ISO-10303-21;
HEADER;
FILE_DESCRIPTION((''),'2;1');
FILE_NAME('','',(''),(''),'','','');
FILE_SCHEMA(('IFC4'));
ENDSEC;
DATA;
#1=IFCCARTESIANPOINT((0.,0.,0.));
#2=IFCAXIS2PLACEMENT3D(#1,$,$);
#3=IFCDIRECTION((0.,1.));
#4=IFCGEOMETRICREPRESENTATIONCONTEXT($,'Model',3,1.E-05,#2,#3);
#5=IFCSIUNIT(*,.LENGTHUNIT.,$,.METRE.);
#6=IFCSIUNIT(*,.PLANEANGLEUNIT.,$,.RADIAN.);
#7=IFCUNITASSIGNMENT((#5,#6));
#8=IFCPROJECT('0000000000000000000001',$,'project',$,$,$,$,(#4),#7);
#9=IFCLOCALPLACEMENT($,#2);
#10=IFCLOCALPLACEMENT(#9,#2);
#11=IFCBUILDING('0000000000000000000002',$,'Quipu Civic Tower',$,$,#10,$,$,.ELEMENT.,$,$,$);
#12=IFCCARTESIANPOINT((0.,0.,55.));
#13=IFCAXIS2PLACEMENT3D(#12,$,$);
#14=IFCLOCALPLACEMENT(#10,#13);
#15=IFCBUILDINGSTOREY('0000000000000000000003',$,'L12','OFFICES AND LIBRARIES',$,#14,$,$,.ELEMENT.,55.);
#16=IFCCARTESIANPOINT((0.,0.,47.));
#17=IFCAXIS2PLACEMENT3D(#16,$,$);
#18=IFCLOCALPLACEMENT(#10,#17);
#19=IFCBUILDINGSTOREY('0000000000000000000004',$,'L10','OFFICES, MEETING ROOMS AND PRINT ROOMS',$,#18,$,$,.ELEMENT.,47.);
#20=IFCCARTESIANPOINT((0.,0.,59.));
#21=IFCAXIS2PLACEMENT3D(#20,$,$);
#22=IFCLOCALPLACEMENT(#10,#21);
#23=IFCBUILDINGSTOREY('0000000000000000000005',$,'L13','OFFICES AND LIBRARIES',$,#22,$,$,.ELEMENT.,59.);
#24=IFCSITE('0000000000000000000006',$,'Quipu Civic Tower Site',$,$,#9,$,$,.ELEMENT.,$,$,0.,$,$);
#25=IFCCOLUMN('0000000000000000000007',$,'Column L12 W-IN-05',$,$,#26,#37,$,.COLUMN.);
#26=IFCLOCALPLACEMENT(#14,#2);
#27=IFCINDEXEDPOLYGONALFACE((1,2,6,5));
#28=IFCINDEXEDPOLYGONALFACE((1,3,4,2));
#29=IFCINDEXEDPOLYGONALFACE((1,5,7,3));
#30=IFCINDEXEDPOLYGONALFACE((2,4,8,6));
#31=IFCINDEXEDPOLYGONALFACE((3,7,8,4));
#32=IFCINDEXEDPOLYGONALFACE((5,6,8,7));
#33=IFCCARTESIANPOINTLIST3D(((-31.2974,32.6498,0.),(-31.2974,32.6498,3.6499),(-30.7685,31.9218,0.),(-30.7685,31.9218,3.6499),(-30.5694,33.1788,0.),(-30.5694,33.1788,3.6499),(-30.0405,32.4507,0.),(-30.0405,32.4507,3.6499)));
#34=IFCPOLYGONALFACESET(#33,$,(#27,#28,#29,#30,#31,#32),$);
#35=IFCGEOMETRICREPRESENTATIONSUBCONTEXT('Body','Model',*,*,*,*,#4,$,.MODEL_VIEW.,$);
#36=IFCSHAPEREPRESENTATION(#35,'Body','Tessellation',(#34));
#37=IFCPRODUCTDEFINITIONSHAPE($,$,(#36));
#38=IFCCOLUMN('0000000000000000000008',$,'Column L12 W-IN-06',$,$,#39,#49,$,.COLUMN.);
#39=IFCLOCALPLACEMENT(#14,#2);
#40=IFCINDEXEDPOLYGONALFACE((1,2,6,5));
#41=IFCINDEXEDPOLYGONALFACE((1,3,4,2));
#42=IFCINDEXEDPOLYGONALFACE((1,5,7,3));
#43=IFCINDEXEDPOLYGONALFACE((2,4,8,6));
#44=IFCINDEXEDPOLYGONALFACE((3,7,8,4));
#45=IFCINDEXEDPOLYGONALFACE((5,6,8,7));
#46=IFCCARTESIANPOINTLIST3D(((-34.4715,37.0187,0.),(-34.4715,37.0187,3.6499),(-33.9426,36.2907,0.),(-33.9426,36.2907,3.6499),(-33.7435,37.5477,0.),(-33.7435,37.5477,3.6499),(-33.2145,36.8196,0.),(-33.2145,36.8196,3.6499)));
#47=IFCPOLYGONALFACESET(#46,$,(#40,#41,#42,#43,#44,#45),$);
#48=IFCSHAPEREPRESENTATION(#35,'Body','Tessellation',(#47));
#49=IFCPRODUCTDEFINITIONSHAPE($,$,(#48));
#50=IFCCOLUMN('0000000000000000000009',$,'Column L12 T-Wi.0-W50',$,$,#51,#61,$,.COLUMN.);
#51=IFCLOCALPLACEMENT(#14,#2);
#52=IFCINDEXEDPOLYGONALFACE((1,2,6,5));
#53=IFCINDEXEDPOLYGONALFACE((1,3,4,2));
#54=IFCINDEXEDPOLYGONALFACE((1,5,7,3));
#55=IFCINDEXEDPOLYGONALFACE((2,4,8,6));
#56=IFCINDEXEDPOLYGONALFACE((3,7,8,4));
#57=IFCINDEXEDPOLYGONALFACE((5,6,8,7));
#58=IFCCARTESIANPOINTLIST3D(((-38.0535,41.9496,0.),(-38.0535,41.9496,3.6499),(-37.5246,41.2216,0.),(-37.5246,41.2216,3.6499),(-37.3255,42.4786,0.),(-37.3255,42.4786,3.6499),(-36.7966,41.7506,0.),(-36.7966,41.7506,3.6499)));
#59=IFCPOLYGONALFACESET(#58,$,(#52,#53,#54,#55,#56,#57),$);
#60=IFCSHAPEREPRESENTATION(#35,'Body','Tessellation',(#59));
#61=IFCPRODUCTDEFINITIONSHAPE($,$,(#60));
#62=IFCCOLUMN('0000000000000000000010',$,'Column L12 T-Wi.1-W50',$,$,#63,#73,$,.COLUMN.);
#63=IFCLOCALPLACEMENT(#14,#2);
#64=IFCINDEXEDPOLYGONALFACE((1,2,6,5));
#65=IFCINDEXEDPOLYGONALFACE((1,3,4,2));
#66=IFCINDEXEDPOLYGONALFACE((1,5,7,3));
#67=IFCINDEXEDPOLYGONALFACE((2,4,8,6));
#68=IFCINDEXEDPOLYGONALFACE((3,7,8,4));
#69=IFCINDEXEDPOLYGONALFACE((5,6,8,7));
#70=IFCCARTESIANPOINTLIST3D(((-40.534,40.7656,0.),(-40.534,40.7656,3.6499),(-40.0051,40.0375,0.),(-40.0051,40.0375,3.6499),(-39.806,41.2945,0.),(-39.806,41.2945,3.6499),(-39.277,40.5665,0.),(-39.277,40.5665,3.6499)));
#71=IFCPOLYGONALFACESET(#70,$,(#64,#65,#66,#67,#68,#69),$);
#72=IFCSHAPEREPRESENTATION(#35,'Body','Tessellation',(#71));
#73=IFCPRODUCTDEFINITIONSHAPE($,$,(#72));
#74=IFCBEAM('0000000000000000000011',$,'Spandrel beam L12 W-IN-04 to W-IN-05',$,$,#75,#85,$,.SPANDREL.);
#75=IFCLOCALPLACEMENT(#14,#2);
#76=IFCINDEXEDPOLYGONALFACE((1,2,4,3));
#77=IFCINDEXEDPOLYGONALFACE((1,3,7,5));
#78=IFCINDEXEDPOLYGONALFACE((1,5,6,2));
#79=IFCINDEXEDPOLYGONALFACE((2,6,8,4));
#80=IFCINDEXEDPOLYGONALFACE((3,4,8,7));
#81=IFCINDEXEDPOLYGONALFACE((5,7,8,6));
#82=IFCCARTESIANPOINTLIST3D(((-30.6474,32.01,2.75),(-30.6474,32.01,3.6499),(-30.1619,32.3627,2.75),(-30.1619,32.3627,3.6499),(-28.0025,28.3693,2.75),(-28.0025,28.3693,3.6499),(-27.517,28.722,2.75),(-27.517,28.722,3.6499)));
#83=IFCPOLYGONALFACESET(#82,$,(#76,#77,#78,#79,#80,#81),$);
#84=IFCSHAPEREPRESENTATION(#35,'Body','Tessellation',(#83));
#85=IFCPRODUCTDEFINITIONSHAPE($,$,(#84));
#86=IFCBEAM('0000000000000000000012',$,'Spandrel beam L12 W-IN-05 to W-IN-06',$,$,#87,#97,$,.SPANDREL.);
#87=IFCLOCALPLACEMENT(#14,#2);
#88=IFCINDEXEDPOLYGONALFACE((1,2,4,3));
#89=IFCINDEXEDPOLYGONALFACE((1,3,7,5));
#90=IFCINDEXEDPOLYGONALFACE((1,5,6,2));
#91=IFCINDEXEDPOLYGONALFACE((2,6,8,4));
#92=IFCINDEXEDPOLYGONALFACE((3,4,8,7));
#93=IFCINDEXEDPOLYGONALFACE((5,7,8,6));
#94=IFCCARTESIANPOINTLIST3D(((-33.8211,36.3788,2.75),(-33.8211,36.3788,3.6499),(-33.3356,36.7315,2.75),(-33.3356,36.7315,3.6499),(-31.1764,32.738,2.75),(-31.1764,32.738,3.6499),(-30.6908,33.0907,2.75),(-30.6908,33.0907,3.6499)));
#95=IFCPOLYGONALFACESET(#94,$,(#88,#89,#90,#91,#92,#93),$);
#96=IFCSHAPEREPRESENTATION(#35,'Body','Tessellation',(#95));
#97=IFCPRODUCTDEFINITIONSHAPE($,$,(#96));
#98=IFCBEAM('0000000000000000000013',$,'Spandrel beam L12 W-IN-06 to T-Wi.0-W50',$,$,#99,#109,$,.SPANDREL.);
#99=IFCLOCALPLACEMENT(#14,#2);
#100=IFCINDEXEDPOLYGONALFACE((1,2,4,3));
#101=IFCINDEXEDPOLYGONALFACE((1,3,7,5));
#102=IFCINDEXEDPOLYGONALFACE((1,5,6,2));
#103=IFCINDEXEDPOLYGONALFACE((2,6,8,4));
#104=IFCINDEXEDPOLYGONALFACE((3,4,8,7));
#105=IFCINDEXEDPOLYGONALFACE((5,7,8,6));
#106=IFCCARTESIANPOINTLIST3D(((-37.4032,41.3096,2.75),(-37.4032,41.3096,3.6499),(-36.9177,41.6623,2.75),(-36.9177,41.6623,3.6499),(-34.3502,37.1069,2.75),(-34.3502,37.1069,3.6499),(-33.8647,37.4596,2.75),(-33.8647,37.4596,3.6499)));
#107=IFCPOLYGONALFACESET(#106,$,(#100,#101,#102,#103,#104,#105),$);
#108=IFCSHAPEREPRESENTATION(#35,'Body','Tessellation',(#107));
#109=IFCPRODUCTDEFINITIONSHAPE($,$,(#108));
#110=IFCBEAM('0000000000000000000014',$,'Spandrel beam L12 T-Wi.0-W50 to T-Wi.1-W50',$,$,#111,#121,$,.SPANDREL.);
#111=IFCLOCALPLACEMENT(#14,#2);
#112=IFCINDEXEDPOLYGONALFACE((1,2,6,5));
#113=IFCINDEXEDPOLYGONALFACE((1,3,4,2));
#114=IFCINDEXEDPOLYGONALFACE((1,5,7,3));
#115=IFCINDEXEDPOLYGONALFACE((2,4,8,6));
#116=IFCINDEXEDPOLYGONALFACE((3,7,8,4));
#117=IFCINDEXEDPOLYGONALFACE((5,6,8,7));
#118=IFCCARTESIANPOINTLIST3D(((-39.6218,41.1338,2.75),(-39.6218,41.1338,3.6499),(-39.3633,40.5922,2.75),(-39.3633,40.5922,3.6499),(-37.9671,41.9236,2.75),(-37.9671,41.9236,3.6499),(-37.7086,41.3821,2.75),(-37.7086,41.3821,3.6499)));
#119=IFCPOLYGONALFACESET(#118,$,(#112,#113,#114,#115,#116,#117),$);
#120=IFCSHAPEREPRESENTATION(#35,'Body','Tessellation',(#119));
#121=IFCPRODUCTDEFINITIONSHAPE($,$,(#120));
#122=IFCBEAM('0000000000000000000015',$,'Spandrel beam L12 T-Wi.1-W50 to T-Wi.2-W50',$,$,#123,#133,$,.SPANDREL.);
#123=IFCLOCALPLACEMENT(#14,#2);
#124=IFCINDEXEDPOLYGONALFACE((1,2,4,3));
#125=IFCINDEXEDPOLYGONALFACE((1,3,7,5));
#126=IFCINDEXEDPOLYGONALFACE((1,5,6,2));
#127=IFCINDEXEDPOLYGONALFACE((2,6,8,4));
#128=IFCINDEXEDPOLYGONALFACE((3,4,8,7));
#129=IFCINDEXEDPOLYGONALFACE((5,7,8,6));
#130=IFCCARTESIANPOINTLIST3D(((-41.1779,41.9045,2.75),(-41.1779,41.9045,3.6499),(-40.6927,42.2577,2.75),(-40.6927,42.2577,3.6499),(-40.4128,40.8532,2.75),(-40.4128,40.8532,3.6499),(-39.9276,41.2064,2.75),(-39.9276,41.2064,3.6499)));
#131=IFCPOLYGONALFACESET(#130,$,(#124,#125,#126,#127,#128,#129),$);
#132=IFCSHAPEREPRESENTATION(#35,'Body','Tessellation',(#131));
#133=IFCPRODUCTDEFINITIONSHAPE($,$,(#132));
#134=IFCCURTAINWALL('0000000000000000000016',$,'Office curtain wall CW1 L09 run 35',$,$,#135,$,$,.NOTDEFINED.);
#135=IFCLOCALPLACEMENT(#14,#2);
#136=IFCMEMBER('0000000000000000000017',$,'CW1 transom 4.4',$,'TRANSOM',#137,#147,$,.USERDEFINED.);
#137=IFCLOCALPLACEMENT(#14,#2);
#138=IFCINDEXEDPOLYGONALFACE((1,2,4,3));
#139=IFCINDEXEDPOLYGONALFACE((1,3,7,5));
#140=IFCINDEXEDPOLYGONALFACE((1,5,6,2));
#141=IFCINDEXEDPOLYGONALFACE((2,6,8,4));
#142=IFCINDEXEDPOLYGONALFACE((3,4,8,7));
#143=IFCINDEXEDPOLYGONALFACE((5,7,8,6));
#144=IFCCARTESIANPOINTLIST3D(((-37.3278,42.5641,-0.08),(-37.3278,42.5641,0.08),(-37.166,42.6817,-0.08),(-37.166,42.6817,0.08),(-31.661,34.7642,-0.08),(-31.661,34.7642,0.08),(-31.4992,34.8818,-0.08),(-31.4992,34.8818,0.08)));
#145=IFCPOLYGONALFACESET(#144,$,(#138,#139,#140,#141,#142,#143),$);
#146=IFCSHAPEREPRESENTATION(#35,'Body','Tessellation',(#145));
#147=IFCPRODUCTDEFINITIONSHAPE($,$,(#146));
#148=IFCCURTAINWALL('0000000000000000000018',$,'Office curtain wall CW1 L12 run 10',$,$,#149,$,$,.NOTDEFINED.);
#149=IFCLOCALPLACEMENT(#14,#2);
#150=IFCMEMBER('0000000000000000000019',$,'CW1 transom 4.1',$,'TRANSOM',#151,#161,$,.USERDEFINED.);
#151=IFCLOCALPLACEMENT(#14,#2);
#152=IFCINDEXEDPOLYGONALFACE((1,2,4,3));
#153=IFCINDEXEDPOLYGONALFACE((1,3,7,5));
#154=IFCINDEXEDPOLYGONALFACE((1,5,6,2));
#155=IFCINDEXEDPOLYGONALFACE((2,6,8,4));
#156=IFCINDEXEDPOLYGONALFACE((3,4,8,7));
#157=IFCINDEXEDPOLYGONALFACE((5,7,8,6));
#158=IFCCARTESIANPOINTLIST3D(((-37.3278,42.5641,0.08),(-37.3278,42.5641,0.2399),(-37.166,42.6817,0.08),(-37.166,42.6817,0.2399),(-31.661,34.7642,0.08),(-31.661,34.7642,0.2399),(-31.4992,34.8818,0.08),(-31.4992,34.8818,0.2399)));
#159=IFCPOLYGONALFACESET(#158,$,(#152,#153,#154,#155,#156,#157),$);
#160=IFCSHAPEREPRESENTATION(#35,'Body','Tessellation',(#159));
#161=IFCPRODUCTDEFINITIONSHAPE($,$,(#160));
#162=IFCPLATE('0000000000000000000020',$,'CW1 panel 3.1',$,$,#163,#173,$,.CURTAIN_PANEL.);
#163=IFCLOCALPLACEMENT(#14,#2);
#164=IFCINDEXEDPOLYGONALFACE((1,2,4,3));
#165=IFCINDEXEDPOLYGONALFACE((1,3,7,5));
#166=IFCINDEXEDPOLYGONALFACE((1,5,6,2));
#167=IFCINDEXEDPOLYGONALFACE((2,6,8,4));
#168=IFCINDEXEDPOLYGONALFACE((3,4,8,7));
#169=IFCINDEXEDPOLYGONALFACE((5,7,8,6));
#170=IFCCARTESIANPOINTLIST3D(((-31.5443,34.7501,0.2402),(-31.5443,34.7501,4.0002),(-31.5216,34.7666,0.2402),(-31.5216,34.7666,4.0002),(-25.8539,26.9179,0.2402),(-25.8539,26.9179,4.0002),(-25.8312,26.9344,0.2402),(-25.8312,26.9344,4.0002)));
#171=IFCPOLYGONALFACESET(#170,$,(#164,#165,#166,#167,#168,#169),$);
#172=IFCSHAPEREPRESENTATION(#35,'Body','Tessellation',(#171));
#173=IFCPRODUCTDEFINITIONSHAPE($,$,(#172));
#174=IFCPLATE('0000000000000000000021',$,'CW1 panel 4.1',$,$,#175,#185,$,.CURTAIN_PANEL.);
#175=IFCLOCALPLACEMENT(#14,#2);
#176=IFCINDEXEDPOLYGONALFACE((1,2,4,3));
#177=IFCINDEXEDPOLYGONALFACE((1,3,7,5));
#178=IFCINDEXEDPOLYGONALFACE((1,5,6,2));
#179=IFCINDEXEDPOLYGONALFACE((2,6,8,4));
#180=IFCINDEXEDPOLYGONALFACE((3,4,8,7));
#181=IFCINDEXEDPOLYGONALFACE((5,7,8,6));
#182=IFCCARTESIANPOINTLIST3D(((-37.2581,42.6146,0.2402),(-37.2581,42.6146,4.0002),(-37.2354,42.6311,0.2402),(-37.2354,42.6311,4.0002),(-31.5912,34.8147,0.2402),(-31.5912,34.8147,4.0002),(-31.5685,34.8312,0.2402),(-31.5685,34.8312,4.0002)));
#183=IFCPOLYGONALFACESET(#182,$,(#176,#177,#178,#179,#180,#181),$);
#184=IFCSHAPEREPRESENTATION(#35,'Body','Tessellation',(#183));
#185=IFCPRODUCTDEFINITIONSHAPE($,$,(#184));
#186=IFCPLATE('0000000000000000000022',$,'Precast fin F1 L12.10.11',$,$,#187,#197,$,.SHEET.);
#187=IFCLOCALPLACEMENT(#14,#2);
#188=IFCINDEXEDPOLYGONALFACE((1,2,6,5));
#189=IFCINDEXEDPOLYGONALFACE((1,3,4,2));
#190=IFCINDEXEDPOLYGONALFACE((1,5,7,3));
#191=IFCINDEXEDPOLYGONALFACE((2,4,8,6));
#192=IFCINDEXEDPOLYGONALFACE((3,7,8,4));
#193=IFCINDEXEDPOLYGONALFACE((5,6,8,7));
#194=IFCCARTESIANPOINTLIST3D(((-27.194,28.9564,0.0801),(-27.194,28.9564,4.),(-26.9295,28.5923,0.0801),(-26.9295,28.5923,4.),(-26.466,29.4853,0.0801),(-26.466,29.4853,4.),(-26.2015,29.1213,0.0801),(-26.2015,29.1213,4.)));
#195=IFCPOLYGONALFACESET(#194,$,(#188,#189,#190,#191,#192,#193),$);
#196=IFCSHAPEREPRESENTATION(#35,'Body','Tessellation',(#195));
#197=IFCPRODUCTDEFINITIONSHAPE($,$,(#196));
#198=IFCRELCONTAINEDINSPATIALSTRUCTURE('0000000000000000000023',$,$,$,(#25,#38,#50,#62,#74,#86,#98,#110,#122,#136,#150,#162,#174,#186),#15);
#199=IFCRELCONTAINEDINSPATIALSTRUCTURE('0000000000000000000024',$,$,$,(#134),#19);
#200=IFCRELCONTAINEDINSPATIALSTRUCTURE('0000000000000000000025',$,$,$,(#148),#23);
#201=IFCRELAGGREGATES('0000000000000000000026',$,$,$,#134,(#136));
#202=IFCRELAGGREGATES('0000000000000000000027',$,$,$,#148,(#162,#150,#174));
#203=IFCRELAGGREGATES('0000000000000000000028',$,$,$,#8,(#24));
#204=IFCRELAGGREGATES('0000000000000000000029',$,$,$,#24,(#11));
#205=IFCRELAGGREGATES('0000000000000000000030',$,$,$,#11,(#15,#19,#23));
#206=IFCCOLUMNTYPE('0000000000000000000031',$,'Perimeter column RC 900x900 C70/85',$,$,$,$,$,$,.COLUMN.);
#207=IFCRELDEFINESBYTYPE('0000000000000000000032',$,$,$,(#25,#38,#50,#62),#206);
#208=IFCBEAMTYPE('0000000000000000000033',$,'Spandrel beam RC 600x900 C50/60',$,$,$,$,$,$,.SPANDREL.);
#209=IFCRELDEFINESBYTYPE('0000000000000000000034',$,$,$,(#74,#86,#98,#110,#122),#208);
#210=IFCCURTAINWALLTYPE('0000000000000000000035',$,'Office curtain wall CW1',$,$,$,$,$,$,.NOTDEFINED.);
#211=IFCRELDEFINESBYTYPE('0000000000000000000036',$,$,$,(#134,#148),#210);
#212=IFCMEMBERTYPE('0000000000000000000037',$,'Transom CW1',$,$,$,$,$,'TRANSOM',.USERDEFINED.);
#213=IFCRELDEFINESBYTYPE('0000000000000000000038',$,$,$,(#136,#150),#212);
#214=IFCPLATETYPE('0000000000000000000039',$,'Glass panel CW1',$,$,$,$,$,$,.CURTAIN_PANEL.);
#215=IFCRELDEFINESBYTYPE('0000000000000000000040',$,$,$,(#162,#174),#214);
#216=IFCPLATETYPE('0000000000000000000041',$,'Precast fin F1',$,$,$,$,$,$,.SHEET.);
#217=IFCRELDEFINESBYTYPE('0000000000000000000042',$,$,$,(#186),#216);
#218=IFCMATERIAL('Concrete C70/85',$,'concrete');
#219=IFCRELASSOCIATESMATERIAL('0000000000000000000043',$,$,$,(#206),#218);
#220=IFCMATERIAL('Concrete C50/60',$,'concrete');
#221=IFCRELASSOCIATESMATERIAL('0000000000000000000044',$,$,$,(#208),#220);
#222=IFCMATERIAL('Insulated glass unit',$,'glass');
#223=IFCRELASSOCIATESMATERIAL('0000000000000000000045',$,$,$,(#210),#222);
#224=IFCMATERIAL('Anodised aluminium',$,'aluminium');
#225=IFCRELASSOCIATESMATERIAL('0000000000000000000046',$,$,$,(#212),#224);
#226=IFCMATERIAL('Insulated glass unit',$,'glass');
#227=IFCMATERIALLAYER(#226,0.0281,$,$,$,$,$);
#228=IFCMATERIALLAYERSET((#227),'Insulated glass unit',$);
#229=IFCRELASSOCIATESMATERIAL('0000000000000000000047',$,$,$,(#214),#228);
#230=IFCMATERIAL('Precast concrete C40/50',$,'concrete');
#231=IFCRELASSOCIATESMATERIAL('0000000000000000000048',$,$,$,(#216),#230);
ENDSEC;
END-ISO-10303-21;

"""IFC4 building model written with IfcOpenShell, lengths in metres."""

from ifc_helpers import new_model, si_unit, direction, frame, origin, origin_2d, place, context, subcontext, project, spatial, rectangle, extrude, material, layer, layer_set, material_profile, profile_set, type_object, element, aggregate, save


model = new_model("IFC4")

# Units and contexts
model_context = context("Model", 3, precision=1e-05, world=origin(), true_north=direction((0.0, 1.0)))
body_context = subcontext(model_context, "Body", "Model", "MODEL_VIEW")
ifc_project = project(units=[si_unit("LENGTHUNIT", "METRE"), si_unit("PLANEANGLEUNIT", "RADIAN")], contexts=[model_context])

# Site, building, storey
site_placement = place(None, origin())
site = spatial("IfcSite", under=ifc_project, at=site_placement, Name="Quipu Civic Tower Site", CompositionType="ELEMENT", RefElevation=0.0)
building_placement = place(site_placement, origin())
building = spatial("IfcBuilding", under=site, at=building_placement, Name="Quipu Civic Tower", CompositionType="ELEMENT")
storey_1_placement = place(building_placement, frame((0.0, 0.0, 55.0)))
storey_1 = spatial("IfcBuildingStorey", under=building, at=storey_1_placement, Name="L12", Description="OFFICES AND LIBRARIES", CompositionType="ELEMENT", Elevation=55.0)

# Columns
ifc_material_1 = material(Name="Concrete C70/85", Category="concrete")
ifc_material_profile_1 = material_profile(ifc_material_1, rectangle(XDim=0.8999, YDim=0.8999, at=origin_2d()), Name="RC900x900")
ifc_profile_set_1 = profile_set([ifc_material_profile_1], Name="Concrete C70/85")
column_type = type_object("IfcColumnType", Name="Perimeter column RC 900x900 C70/85", PredefinedType="COLUMN", material=ifc_profile_set_1)
for number, where, z_axis, x_axis, name in (
    (1, (-30.6689, 32.5503, 0.0), (0.0, 0.0, 1.0), (-0.587785, 0.809017, 0.0), "Column L12 W-IN-05"),
    (2, (-33.843, 36.9192, 0.0), (0.0, 0.0, 1.0), (-0.587785, 0.809017, 0.0), "Column L12 W-IN-06"),
    (3, (-37.425, 41.8501, 0.0), (0.0, 0.0, 1.0), (-0.587785, 0.809017, 0.0), "Column L12 T-Wi.0-W50"),
    (4, (-39.9055, 40.666, 0.0), (0.0, 0.0, 1.0), (-0.587785, 0.809017, 0.0), "Column L12 T-Wi.1-W50"),
):
    element("IfcColumn", number, at=place(storey_1_placement, frame(where, z_axis=z_axis, x_axis=x_axis)), inside=storey_1, type_object=column_type, Name=name, PredefinedType="COLUMN", context=body_context, shape_type="SweptSolid", body=[
        extrude(rectangle(XDim=0.8999, YDim=0.8999, at=origin_2d()), origin(), (0.0, 0.0, 1.0), 3.6499),
    ])

# Beams
ifc_material_2 = material(Name="Concrete C50/60", Category="concrete")
ifc_material_profile_2 = material_profile(ifc_material_2, rectangle(XDim=0.6001, YDim=0.8999, at=origin_2d()), Name="RC600x900")
ifc_profile_set_2 = profile_set([ifc_material_profile_2], Name="Concrete C50/60")
beam_type = type_object("IfcBeamType", Name="Spandrel beam RC 600x900 C50/60", PredefinedType="SPANDREL", material=ifc_profile_set_2)
for number, where, z_axis, x_axis, name in (
    (5, (-27.7598, 28.5457, 3.2), (-0.587743, 0.809048, 0.0), (-0.809048, -0.587743, 0.0), "Spandrel beam L12 W-IN-04 to W-IN-05"),
    (6, (-30.9336, 32.9143, 3.2), (-0.587717, 0.809067, 0.0), (-0.809067, -0.587717, 0.0), "Spandrel beam L12 W-IN-05 to W-IN-06"),
):
    element("IfcBeam", number, at=place(storey_1_placement, frame(where, z_axis=z_axis, x_axis=x_axis)), inside=storey_1, type_object=beam_type, Name=name, PredefinedType="SPANDREL", context=body_context, shape_type="SweptSolid", body=[
        extrude(rectangle(XDim=0.6001, YDim=0.8999, at=origin_2d()), origin(), (0.0, 0.0, 1.0), 4.5),
    ])
beam_1_placement = place(storey_1_placement, frame((-34.1074, 37.2832, 3.2), z_axis=(-0.587733, 0.809055, 0.0), x_axis=(-0.809055, -0.587733, 0.0)))
element("IfcBeam", 7, at=beam_1_placement, inside=storey_1, type_object=beam_type, Name="Spandrel beam L12 W-IN-06 to T-Wi.0-W50", PredefinedType="SPANDREL", context=body_context, shape_type="SweptSolid", body=[
    extrude(rectangle(XDim=0.6001, YDim=0.8999, at=origin_2d()), origin(), (0.0, 0.0, 1.0), 5.1946),
])
beam_2_placement = place(storey_1_placement, frame((-37.8379, 41.6528, 3.2), z_axis=(-0.902454, -0.430786, 0.0), x_axis=(0.430786, -0.902454, 0.0)))
element("IfcBeam", 8, at=beam_2_placement, inside=storey_1, type_object=beam_type, Name="Spandrel beam L12 T-Wi.0-W50 to T-Wi.1-W50", PredefinedType="SPANDREL", context=body_context, shape_type="SweptSolid", body=[
    extrude(rectangle(XDim=0.6001, YDim=0.8999, at=origin_2d()), origin(), (0.0, 0.0, 1.0), 1.8335),
])
beam_3_placement = place(storey_1_placement, frame((-40.1702, 41.0298, 3.2), z_axis=(-0.588462, 0.808525, 0.0), x_axis=(-0.808525, -0.588462, 0.0)))
element("IfcBeam", 9, at=beam_3_placement, inside=storey_1, type_object=beam_type, Name="Spandrel beam L12 T-Wi.1-W50 to T-Wi.2-W50", PredefinedType="SPANDREL", context=body_context, shape_type="SweptSolid", body=[
    extrude(rectangle(XDim=0.6001, YDim=0.8999, at=origin_2d()), origin(), (0.0, 0.0, 1.0), 1.3003),
])

# Shared definitions
storey_2_placement = place(building_placement, frame((0.0, 0.0, 47.0)))
storey_2 = spatial("IfcBuildingStorey", under=building, at=storey_2_placement, Name="L10", Description="OFFICES, MEETING ROOMS AND PRINT ROOMS", CompositionType="ELEMENT", Elevation=47.0)

# Curtain wall, member
ifc_material_3 = material(Name="Insulated glass unit", Category="glass")
curtain_wall_type = type_object("IfcCurtainWallType", Name="Office curtain wall CW1", PredefinedType="NOTDEFINED", material=ifc_material_3)
curtain_wall_1_placement = place(storey_2_placement, origin())
curtain_wall_1 = element("IfcCurtainWall", 10, at=curtain_wall_1_placement, inside=storey_2, type_object=curtain_wall_type, Name="Office curtain wall CW1 L09 run 35", PredefinedType="NOTDEFINED")
ifc_material_4 = material(Name="Anodised aluminium", Category="aluminium")
ifc_material_profile_3 = material_profile(ifc_material_4, rectangle(XDim=0.2, YDim=0.1599, at=origin_2d()), Name="RECT 200x160")
ifc_profile_set_3 = profile_set([ifc_material_profile_3], Name="Anodised aluminium")
member_type = type_object("IfcMemberType", Name="Transom CW1", ElementType="TRANSOM", PredefinedType="USERDEFINED", material=ifc_profile_set_3)
member_1_placement = place(storey_1_placement, frame((-31.5801, 34.823, 0.0), z_axis=(-0.587776, 0.809024, 0.0), x_axis=(-0.809024, -0.587776, 0.0)))
member_1 = element("IfcMember", 11, at=member_1_placement, inside=storey_1, type_object=member_type, Name="CW1 transom 4.4", ObjectType="TRANSOM", PredefinedType="USERDEFINED", context=body_context, shape_type="SweptSolid", body=[
    extrude(rectangle(XDim=0.2, YDim=0.1599, at=origin_2d()), origin(), (0.0, 0.0, 1.0), 9.6411),
])
aggregate(curtain_wall_1, [member_1])

# Shared definitions
storey_3_placement = place(building_placement, frame((0.0, 0.0, 59.0)))
storey_3 = spatial("IfcBuildingStorey", under=building, at=storey_3_placement, Name="L13", Description="OFFICES AND LIBRARIES", CompositionType="ELEMENT", Elevation=59.0)

# Curtain wall, member, plates
curtain_wall_2_placement = place(storey_3_placement, origin())
curtain_wall_2 = element("IfcCurtainWall", 12, at=curtain_wall_2_placement, inside=storey_3, type_object=curtain_wall_type, Name="Office curtain wall CW1 L12 run 10", PredefinedType="NOTDEFINED")
member_2_placement = place(storey_1_placement, frame((-31.5801, 34.823, 0.1599), z_axis=(-0.587776, 0.809024, 0.0), x_axis=(-0.809024, -0.587776, 0.0)))
member_2 = element("IfcMember", 13, at=member_2_placement, inside=storey_1, type_object=member_type, Name="CW1 transom 4.1", ObjectType="TRANSOM", PredefinedType="USERDEFINED", context=body_context, shape_type="SweptSolid", body=[
    extrude(rectangle(XDim=0.2, YDim=0.1599, at=origin_2d()), origin(), (0.0, 0.0, 1.0), 9.6411),
])
ifc_material_5 = material(Name="Insulated glass unit", Category="glass")
ifc_layer_1 = layer(ifc_material_5, 0.0281)
ifc_layer_set_1 = layer_set([ifc_layer_1], Name="Insulated glass unit")
plate_type_1 = type_object("IfcPlateType", Name="Glass panel CW1", PredefinedType="CURTAIN_PANEL", material=ifc_layer_set_1)
plate_1_placement = place(storey_1_placement, frame((-28.6877, 30.8423, 0.2402), z_axis=(0.0, 0.0, 1.0), x_axis=(-0.587786, 0.809017, 0.0)))
plate_1 = element("IfcPlate", 14, at=plate_1_placement, inside=storey_1, type_object=plate_type_1, Name="CW1 panel 3.1", PredefinedType="CURTAIN_PANEL", context=body_context, shape_type="SweptSolid", body=[
    extrude(rectangle(XDim=9.6812, YDim=0.0281, at=origin_2d()), origin(), (0.0, 0.0, 1.0), 3.76),
])
plate_2_placement = place(storey_1_placement, frame((-34.4133, 38.7229, 0.2402), z_axis=(0.0, 0.0, 1.0), x_axis=(-0.587786, 0.809017, 0.0)))
plate_2 = element("IfcPlate", 15, at=plate_2_placement, inside=storey_1, type_object=plate_type_1, Name="CW1 panel 4.1", PredefinedType="CURTAIN_PANEL", context=body_context, shape_type="SweptSolid", body=[
    extrude(rectangle(XDim=9.6411, YDim=0.0281, at=origin_2d()), origin(), (0.0, 0.0, 1.0), 3.76),
])
aggregate(curtain_wall_2, [plate_1, member_2, plate_2])

# Plate
ifc_material_6 = material(Name="Precast concrete C40/50", Category="concrete")
plate_type_2 = type_object("IfcPlateType", Name="Precast fin F1", PredefinedType="SHEET", material=ifc_material_6)
for number, where, z_axis, x_axis, name in (
    (16, (-26.6978, 29.0388, 0.0801), (0.0, 0.0, 1.0), (-0.587785, 0.809017, 0.0), "Precast fin F1 L12.10.11"),
):
    element("IfcPlate", number, at=place(storey_1_placement, frame(where, z_axis=z_axis, x_axis=x_axis)), inside=storey_1, type_object=plate_type_2, Name=name, PredefinedType="SHEET", context=body_context, shape_type="SweptSolid", body=[
        extrude(rectangle(XDim=0.45, YDim=0.8999, at=origin_2d()), origin(), (0.0, 0.0, 1.0), 3.9199),
    ])

save(model, "model.ifc")
